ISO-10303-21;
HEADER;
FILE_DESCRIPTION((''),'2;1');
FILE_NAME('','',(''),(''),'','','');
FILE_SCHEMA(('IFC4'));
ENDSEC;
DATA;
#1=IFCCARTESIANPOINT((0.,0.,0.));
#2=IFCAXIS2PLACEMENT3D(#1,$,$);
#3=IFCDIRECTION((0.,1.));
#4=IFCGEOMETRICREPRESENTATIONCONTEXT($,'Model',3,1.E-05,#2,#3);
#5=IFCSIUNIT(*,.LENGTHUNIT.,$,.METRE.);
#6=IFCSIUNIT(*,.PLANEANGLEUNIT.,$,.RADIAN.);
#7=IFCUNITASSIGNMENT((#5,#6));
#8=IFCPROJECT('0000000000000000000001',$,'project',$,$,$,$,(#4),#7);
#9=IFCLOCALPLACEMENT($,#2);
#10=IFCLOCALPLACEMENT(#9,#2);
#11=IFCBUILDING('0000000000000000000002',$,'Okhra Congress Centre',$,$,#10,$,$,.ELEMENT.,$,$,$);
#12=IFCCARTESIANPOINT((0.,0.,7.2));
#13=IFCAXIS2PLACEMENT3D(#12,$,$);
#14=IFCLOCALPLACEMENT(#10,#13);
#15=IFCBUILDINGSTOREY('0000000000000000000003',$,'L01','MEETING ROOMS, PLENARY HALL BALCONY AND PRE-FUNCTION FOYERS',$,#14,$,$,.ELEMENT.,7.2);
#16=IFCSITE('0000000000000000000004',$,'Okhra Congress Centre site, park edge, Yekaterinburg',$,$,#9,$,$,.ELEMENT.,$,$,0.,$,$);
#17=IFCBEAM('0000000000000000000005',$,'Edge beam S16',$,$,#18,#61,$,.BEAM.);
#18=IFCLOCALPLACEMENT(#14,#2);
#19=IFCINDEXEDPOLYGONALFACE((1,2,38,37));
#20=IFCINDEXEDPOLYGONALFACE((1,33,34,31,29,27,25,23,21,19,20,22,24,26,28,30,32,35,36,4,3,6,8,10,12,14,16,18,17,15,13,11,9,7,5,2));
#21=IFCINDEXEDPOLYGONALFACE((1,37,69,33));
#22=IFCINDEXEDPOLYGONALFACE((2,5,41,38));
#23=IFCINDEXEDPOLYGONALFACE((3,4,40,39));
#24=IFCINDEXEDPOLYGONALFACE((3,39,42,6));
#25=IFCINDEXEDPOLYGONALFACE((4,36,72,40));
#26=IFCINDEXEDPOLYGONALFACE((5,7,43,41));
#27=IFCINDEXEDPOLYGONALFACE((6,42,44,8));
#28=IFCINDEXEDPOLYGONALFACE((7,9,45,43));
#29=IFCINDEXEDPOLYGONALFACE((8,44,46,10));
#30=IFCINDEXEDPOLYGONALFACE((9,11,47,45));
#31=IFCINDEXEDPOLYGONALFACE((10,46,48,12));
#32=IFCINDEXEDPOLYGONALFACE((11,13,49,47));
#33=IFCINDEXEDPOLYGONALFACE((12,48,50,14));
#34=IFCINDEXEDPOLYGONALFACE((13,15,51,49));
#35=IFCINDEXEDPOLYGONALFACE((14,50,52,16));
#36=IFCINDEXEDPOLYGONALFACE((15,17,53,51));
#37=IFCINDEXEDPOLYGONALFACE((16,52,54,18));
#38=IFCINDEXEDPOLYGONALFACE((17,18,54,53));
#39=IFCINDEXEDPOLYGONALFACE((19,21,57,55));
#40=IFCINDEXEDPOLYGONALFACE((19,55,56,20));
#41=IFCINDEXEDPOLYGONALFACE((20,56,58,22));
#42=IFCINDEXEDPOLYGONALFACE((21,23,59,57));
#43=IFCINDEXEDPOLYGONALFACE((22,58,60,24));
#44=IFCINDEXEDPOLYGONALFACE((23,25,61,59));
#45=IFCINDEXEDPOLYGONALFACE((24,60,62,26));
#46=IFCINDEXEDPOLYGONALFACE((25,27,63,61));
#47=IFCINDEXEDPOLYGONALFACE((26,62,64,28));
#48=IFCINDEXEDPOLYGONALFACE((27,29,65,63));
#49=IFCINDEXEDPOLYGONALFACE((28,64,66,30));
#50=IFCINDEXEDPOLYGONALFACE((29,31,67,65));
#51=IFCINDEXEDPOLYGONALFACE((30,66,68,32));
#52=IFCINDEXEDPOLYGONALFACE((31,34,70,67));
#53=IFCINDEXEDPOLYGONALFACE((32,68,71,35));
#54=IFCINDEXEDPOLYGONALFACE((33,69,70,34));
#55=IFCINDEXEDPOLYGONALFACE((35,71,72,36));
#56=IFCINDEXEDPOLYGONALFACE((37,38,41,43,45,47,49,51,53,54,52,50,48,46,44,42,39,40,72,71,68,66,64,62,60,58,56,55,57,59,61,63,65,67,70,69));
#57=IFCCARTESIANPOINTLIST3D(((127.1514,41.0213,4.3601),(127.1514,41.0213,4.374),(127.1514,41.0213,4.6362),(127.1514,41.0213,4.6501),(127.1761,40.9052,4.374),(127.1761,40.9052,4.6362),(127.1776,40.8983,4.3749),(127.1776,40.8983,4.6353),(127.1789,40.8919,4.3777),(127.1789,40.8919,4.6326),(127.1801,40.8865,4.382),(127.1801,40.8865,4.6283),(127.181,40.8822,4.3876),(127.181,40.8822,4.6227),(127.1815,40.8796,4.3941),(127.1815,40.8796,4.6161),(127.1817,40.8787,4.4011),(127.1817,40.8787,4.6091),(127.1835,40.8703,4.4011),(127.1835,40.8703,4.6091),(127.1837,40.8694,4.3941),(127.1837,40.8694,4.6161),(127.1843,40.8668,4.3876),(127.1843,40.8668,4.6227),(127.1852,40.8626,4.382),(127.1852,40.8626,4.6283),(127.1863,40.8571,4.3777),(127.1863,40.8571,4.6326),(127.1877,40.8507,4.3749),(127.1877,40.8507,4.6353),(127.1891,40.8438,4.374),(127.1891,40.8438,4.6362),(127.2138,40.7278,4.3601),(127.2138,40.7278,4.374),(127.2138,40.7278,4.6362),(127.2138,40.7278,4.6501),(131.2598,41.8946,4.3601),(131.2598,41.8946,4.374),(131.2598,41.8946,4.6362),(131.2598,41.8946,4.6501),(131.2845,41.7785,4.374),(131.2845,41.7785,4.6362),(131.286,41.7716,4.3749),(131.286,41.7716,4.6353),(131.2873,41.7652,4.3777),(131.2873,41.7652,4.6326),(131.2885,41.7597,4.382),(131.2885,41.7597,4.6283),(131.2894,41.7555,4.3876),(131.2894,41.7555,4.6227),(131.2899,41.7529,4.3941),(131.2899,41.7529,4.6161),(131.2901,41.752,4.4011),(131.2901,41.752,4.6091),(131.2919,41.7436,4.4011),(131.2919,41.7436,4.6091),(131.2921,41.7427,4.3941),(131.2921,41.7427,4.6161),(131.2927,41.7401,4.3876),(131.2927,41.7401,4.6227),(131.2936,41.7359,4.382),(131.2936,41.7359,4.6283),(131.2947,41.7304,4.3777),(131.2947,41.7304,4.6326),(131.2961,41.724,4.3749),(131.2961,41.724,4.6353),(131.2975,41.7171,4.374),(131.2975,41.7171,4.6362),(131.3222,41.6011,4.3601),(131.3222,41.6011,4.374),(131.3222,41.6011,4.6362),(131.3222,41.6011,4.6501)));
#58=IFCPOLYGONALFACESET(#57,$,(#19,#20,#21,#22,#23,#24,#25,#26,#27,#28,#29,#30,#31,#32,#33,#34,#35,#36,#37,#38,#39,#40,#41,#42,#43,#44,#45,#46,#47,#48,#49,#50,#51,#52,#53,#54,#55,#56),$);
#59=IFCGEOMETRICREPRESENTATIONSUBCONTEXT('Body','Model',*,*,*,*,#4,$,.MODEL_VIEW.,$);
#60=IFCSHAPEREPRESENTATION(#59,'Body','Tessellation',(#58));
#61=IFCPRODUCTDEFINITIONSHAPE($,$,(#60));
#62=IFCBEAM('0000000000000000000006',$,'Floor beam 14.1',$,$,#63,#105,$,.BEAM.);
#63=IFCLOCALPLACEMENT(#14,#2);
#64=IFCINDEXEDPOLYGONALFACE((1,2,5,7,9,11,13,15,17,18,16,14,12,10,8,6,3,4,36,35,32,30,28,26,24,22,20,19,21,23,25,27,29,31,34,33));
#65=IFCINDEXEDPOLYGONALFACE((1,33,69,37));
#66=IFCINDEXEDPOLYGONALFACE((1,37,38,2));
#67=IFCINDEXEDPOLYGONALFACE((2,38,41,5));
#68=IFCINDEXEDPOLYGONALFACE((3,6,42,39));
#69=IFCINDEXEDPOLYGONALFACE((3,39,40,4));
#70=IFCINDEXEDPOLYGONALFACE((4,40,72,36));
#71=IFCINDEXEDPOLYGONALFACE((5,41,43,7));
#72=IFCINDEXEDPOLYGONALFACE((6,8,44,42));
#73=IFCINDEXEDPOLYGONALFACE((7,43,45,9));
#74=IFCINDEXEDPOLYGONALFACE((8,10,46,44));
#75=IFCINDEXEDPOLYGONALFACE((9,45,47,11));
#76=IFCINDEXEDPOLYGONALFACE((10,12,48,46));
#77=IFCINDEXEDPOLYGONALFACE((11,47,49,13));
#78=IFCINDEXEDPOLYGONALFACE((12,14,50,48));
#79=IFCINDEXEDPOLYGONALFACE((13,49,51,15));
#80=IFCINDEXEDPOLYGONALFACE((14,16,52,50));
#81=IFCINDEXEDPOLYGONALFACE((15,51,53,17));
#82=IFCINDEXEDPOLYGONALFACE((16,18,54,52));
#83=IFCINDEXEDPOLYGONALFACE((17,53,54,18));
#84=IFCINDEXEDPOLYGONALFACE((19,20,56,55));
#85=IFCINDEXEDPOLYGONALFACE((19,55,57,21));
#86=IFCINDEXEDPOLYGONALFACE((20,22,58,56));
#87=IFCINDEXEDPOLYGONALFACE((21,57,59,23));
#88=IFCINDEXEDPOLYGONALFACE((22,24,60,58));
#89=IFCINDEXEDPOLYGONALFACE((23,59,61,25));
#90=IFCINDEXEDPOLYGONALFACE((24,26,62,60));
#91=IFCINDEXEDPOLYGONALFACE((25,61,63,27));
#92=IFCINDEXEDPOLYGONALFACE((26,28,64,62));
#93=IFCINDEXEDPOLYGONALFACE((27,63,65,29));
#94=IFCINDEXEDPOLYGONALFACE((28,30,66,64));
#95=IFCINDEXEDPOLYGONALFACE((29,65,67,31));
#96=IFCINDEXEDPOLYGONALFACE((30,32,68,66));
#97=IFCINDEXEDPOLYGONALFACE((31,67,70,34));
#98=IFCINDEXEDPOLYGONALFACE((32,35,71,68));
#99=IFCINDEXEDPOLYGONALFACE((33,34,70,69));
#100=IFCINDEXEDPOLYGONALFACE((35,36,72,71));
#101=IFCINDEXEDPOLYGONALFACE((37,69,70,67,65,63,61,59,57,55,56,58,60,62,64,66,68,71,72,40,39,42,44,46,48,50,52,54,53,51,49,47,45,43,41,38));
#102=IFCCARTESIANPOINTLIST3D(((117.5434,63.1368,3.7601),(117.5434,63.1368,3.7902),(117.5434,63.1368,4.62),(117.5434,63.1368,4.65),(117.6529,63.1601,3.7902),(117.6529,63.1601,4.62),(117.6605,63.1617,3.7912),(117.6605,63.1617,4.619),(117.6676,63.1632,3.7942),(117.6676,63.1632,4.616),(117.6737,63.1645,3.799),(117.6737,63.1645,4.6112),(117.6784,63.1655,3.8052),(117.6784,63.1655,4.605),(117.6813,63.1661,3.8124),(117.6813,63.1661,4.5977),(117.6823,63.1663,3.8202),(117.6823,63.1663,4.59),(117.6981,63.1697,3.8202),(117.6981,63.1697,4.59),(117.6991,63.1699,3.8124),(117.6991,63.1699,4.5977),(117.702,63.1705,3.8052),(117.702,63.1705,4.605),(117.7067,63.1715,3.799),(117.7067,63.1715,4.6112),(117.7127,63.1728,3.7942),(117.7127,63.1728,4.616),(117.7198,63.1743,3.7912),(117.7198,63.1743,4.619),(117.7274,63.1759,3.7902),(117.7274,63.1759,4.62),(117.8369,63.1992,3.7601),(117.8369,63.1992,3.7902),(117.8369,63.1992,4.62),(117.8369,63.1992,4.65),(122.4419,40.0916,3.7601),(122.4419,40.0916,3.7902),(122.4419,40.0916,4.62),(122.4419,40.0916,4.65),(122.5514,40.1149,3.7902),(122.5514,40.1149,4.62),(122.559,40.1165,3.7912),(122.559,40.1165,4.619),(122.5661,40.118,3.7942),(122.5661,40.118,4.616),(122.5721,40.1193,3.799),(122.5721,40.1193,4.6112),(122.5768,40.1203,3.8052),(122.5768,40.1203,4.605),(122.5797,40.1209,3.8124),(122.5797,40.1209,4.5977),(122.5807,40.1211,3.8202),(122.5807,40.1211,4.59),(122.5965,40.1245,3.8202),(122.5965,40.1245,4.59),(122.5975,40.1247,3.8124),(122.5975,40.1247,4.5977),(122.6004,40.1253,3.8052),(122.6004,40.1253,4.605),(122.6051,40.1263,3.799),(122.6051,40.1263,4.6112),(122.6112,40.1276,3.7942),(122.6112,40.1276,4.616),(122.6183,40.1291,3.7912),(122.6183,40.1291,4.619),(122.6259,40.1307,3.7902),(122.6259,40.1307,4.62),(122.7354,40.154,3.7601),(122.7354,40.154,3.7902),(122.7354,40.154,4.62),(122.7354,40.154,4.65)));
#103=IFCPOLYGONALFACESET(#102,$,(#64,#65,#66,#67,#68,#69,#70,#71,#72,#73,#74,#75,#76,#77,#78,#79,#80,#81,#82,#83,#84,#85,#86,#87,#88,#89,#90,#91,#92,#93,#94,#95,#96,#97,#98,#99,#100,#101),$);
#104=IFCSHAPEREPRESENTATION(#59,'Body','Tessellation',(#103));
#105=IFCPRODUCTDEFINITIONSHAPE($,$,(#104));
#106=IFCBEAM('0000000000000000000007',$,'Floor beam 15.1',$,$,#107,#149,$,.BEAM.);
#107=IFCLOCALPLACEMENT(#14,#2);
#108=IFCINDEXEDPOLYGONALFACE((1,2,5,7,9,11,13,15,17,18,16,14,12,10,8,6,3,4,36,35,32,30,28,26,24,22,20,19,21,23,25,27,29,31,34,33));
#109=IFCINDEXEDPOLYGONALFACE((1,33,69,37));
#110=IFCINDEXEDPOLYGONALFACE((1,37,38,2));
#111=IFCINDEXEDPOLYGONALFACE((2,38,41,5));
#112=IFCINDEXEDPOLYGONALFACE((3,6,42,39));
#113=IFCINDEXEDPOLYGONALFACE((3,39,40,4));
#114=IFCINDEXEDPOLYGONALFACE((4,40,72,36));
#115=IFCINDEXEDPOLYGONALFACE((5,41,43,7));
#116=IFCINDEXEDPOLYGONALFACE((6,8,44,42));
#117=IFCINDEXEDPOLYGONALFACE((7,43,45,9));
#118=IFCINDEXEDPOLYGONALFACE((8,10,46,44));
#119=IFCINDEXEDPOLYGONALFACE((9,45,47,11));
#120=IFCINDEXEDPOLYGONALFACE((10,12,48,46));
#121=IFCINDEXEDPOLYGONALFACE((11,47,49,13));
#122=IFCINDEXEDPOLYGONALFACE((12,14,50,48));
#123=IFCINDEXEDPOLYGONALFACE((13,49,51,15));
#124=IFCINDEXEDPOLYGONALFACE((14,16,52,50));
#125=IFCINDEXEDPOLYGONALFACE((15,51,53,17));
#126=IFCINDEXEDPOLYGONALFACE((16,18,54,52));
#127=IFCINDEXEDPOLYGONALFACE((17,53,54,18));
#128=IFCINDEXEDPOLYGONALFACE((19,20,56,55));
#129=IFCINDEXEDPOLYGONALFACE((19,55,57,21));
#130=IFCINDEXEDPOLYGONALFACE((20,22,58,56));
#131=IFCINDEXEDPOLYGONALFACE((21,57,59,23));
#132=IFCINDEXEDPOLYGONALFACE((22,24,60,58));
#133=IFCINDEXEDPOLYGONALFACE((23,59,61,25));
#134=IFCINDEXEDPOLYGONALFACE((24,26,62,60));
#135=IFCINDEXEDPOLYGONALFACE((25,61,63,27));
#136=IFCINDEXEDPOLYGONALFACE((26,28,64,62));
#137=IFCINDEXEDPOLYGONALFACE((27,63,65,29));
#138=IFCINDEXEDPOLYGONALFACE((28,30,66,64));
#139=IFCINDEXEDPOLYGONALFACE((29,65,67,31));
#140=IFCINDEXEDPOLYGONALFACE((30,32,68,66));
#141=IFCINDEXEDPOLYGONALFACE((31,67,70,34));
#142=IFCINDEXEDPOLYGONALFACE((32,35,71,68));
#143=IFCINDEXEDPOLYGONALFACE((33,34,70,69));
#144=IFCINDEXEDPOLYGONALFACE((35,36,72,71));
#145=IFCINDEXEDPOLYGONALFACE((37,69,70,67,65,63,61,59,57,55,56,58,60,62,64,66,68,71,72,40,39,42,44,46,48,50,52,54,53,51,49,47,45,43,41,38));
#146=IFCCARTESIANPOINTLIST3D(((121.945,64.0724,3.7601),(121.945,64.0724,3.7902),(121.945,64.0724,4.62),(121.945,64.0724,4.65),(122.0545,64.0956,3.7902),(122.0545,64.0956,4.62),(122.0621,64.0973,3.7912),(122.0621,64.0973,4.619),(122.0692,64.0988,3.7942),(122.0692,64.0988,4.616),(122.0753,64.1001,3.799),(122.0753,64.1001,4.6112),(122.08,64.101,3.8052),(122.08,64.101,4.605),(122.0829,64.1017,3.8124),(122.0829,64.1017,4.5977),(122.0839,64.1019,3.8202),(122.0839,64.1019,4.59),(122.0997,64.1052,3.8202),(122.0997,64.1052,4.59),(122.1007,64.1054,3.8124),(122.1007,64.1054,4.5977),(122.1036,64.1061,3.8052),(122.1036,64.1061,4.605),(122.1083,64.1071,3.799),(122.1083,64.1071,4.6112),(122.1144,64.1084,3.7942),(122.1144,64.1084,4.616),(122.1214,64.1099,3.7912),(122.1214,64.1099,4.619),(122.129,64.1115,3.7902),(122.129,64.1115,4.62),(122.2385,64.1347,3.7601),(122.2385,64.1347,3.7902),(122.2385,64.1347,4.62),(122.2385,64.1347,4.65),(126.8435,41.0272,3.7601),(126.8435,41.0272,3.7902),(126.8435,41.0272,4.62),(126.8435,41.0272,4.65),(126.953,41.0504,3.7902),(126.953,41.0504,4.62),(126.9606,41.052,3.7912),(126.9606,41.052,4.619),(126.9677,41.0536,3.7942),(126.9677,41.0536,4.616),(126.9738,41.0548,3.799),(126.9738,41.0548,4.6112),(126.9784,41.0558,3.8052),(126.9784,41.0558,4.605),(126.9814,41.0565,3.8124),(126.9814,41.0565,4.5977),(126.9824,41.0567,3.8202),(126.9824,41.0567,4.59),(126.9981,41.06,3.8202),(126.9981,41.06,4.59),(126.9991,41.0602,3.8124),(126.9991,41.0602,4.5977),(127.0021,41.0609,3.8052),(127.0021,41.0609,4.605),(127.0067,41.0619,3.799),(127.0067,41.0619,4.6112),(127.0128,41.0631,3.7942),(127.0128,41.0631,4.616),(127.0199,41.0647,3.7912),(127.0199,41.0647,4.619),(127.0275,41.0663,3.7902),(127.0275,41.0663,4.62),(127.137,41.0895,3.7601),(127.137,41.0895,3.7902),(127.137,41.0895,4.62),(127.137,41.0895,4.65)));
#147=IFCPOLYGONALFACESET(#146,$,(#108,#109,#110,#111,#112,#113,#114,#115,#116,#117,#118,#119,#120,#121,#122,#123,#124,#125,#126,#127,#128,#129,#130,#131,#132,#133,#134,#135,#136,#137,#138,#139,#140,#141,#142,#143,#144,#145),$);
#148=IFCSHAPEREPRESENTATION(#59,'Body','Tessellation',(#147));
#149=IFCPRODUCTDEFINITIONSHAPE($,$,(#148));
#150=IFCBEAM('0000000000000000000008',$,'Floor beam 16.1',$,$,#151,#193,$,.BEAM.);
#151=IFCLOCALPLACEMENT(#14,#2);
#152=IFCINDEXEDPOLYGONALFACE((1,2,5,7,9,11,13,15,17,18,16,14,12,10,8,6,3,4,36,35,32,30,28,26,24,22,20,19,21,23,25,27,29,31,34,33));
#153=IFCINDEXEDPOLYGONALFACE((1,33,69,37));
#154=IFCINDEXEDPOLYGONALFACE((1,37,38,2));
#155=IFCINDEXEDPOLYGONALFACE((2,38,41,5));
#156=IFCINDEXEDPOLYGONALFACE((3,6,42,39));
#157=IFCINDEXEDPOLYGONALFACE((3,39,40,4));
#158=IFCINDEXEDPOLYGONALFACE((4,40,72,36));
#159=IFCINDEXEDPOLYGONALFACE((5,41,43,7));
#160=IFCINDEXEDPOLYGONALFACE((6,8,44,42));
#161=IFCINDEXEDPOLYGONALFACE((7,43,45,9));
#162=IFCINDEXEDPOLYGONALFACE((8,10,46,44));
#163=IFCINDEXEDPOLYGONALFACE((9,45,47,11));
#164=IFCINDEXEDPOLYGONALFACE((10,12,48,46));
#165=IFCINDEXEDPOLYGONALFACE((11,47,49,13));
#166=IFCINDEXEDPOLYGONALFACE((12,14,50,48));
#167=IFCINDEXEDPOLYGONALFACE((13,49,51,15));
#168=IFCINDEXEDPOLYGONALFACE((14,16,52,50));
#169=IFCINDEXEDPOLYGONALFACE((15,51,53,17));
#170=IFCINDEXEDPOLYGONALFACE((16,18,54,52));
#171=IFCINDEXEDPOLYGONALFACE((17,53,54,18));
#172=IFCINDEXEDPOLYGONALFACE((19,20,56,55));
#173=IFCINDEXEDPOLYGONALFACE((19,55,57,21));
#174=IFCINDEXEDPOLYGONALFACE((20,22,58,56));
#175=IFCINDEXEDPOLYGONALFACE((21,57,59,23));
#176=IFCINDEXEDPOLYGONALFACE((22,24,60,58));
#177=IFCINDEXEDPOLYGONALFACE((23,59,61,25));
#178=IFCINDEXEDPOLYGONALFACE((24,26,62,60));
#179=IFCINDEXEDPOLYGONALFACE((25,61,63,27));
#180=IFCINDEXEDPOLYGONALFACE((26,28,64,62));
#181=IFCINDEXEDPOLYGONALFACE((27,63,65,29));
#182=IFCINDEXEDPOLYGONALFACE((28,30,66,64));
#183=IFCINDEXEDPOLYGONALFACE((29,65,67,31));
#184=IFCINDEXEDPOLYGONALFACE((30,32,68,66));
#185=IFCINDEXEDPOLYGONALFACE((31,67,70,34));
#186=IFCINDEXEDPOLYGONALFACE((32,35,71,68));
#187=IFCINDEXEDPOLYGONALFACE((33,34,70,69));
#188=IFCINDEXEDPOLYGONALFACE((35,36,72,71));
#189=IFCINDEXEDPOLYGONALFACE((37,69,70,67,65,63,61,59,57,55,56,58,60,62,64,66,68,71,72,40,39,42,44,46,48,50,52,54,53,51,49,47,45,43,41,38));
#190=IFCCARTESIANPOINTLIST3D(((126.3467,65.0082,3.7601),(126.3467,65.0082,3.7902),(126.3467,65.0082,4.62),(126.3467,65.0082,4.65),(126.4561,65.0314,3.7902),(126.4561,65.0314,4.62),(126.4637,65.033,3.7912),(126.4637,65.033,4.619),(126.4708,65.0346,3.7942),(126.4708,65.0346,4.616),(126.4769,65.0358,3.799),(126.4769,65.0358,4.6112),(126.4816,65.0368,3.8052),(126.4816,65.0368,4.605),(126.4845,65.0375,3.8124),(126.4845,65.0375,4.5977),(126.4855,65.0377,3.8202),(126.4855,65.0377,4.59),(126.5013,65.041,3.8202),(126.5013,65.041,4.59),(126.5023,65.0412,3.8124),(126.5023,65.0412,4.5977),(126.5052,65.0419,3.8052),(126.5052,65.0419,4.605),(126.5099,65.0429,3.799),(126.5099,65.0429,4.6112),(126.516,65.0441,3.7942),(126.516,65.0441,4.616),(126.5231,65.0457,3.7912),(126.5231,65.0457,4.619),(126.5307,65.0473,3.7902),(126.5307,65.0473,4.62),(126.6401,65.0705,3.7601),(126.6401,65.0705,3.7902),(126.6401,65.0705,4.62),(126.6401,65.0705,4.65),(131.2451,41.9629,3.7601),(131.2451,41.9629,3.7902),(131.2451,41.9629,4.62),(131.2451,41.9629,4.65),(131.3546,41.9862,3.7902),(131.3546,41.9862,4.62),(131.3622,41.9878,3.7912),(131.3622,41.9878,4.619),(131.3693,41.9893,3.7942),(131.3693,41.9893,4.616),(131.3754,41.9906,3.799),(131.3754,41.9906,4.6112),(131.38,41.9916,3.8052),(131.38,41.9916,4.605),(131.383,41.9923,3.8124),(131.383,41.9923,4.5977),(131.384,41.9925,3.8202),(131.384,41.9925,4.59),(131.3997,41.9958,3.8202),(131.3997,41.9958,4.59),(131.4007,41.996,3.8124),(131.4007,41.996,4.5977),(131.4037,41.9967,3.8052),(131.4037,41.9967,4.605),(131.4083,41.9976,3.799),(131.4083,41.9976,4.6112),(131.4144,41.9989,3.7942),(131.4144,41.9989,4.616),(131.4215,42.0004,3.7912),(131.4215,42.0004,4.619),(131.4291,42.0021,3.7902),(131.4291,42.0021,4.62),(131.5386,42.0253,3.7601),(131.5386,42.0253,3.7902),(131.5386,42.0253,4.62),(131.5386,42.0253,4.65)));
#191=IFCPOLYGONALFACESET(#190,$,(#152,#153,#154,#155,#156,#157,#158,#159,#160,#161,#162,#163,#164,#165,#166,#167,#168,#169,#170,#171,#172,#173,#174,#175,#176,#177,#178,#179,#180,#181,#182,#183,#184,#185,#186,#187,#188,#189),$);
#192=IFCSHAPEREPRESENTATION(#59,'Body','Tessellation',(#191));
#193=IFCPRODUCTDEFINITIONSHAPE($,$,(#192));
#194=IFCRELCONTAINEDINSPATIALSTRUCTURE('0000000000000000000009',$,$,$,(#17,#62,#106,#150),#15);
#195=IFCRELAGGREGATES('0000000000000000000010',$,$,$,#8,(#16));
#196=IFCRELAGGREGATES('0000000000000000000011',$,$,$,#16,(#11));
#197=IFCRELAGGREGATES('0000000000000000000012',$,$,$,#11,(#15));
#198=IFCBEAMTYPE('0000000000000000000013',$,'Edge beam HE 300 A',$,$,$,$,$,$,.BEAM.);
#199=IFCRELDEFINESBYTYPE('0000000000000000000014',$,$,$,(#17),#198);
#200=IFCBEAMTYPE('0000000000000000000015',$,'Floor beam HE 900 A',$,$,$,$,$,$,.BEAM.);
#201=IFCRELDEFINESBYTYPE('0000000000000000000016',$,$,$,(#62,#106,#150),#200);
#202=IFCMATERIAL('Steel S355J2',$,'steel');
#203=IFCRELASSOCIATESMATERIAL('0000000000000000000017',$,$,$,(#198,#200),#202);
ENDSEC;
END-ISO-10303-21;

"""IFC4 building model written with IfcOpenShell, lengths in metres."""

from ifc_helpers import new_model, si_unit, direction, frame, origin, origin_2d, place, context, subcontext, project, spatial, i_section, extrude, material, material_profile, profile_set, type_object, element, save


model = new_model("IFC4")

# Units and contexts
model_context = context("Model", 3, precision=1e-05, world=origin(), true_north=direction((0.0, 1.0)))
body_context = subcontext(model_context, "Body", "Model", "MODEL_VIEW")
ifc_project = project(units=[si_unit("LENGTHUNIT", "METRE"), si_unit("PLANEANGLEUNIT", "RADIAN")], contexts=[model_context])

# Site, building, storey
site_placement = place(None, origin())
site = spatial("IfcSite", under=ifc_project, at=site_placement, Name="Okhra Congress Centre site, park edge, Yekaterinburg", CompositionType="ELEMENT", RefElevation=0.0)
building_placement = place(site_placement, origin())
building = spatial("IfcBuilding", under=site, at=building_placement, Name="Okhra Congress Centre", CompositionType="ELEMENT")
storey_placement = place(building_placement, frame((0.0, 0.0, 7.2)))
storey = spatial("IfcBuildingStorey", under=building, at=storey_placement, Name="L01", Description="MEETING ROOMS, PLENARY HALL BALCONY AND PRE-FUNCTION FOYERS", CompositionType="ELEMENT", Elevation=7.2)

# Shared definitions
ifc_material_1 = material(Name="Steel S355J2", Category="steel")

# Beams
ifc_material_profile_1 = material_profile(ifc_material_1, i_section(OverallWidth=0.3, OverallDepth=0.29, WebThickness=0.0085, FlangeThickness=0.0139, FilletRadius=0.0271, at=origin_2d()), Name="HE 300 A")
ifc_profile_set_1 = profile_set([ifc_material_profile_1], Name="Steel S355J2")
beam_type_1 = type_object("IfcBeamType", Name="Edge beam HE 300 A", PredefinedType="BEAM", material=ifc_profile_set_1)
beam_placement = place(storey_placement, frame((127.1826, 40.8745, 4.5051), z_axis=(0.978146, 0.207917, 0.0), x_axis=(-0.207917, 0.978146, 0.0)))
element("IfcBeam", 1, at=beam_placement, inside=storey, type_object=beam_type_1, Name="Edge beam S16", PredefinedType="BEAM", context=body_context, shape_type="SweptSolid", body=[
    extrude(i_section(OverallWidth=0.3, OverallDepth=0.29, WebThickness=0.0085, FlangeThickness=0.0139, FilletRadius=0.0271, at=origin_2d()), origin(), (0.0, 0.0, 1.0), 4.2002),
])
ifc_material_profile_2 = material_profile(ifc_material_1, i_section(OverallWidth=0.3, OverallDepth=0.8899, WebThickness=0.0161, FlangeThickness=0.03, FilletRadius=0.03, at=origin_2d()), Name="HE 900 A")
ifc_profile_set_2 = profile_set([ifc_material_profile_2], Name="Steel S355J2")
beam_type_2 = type_object("IfcBeamType", Name="Floor beam HE 900 A", PredefinedType="BEAM", material=ifc_profile_set_2)
for number, where, z_axis, x_axis, name in (
    (2, (122.5886, 40.1228, 4.2051), (-0.207913, 0.978147, 0.0), (-0.978147, -0.207913, 0.0), "Floor beam 14.1"),
    (3, (126.9902, 41.0583, 4.2051), (-0.207913, 0.978147, 0.0), (-0.978147, -0.207913, 0.0), "Floor beam 15.1"),
    (4, (131.3918, 41.9941, 4.2051), (-0.207913, 0.978147, 0.0), (-0.978147, -0.207913, 0.0), "Floor beam 16.1"),
):
    element("IfcBeam", number, at=place(storey_placement, frame(where, z_axis=z_axis, x_axis=x_axis)), inside=storey, type_object=beam_type_2, Name=name, PredefinedType="BEAM", context=body_context, shape_type="SweptSolid", body=[
        extrude(i_section(OverallWidth=0.3, OverallDepth=0.8899, WebThickness=0.0161, FlangeThickness=0.03, FilletRadius=0.03, at=origin_2d()), origin(), (0.0, 0.0, 1.0), 23.5601),
    ])

save(model, "model.ifc")
